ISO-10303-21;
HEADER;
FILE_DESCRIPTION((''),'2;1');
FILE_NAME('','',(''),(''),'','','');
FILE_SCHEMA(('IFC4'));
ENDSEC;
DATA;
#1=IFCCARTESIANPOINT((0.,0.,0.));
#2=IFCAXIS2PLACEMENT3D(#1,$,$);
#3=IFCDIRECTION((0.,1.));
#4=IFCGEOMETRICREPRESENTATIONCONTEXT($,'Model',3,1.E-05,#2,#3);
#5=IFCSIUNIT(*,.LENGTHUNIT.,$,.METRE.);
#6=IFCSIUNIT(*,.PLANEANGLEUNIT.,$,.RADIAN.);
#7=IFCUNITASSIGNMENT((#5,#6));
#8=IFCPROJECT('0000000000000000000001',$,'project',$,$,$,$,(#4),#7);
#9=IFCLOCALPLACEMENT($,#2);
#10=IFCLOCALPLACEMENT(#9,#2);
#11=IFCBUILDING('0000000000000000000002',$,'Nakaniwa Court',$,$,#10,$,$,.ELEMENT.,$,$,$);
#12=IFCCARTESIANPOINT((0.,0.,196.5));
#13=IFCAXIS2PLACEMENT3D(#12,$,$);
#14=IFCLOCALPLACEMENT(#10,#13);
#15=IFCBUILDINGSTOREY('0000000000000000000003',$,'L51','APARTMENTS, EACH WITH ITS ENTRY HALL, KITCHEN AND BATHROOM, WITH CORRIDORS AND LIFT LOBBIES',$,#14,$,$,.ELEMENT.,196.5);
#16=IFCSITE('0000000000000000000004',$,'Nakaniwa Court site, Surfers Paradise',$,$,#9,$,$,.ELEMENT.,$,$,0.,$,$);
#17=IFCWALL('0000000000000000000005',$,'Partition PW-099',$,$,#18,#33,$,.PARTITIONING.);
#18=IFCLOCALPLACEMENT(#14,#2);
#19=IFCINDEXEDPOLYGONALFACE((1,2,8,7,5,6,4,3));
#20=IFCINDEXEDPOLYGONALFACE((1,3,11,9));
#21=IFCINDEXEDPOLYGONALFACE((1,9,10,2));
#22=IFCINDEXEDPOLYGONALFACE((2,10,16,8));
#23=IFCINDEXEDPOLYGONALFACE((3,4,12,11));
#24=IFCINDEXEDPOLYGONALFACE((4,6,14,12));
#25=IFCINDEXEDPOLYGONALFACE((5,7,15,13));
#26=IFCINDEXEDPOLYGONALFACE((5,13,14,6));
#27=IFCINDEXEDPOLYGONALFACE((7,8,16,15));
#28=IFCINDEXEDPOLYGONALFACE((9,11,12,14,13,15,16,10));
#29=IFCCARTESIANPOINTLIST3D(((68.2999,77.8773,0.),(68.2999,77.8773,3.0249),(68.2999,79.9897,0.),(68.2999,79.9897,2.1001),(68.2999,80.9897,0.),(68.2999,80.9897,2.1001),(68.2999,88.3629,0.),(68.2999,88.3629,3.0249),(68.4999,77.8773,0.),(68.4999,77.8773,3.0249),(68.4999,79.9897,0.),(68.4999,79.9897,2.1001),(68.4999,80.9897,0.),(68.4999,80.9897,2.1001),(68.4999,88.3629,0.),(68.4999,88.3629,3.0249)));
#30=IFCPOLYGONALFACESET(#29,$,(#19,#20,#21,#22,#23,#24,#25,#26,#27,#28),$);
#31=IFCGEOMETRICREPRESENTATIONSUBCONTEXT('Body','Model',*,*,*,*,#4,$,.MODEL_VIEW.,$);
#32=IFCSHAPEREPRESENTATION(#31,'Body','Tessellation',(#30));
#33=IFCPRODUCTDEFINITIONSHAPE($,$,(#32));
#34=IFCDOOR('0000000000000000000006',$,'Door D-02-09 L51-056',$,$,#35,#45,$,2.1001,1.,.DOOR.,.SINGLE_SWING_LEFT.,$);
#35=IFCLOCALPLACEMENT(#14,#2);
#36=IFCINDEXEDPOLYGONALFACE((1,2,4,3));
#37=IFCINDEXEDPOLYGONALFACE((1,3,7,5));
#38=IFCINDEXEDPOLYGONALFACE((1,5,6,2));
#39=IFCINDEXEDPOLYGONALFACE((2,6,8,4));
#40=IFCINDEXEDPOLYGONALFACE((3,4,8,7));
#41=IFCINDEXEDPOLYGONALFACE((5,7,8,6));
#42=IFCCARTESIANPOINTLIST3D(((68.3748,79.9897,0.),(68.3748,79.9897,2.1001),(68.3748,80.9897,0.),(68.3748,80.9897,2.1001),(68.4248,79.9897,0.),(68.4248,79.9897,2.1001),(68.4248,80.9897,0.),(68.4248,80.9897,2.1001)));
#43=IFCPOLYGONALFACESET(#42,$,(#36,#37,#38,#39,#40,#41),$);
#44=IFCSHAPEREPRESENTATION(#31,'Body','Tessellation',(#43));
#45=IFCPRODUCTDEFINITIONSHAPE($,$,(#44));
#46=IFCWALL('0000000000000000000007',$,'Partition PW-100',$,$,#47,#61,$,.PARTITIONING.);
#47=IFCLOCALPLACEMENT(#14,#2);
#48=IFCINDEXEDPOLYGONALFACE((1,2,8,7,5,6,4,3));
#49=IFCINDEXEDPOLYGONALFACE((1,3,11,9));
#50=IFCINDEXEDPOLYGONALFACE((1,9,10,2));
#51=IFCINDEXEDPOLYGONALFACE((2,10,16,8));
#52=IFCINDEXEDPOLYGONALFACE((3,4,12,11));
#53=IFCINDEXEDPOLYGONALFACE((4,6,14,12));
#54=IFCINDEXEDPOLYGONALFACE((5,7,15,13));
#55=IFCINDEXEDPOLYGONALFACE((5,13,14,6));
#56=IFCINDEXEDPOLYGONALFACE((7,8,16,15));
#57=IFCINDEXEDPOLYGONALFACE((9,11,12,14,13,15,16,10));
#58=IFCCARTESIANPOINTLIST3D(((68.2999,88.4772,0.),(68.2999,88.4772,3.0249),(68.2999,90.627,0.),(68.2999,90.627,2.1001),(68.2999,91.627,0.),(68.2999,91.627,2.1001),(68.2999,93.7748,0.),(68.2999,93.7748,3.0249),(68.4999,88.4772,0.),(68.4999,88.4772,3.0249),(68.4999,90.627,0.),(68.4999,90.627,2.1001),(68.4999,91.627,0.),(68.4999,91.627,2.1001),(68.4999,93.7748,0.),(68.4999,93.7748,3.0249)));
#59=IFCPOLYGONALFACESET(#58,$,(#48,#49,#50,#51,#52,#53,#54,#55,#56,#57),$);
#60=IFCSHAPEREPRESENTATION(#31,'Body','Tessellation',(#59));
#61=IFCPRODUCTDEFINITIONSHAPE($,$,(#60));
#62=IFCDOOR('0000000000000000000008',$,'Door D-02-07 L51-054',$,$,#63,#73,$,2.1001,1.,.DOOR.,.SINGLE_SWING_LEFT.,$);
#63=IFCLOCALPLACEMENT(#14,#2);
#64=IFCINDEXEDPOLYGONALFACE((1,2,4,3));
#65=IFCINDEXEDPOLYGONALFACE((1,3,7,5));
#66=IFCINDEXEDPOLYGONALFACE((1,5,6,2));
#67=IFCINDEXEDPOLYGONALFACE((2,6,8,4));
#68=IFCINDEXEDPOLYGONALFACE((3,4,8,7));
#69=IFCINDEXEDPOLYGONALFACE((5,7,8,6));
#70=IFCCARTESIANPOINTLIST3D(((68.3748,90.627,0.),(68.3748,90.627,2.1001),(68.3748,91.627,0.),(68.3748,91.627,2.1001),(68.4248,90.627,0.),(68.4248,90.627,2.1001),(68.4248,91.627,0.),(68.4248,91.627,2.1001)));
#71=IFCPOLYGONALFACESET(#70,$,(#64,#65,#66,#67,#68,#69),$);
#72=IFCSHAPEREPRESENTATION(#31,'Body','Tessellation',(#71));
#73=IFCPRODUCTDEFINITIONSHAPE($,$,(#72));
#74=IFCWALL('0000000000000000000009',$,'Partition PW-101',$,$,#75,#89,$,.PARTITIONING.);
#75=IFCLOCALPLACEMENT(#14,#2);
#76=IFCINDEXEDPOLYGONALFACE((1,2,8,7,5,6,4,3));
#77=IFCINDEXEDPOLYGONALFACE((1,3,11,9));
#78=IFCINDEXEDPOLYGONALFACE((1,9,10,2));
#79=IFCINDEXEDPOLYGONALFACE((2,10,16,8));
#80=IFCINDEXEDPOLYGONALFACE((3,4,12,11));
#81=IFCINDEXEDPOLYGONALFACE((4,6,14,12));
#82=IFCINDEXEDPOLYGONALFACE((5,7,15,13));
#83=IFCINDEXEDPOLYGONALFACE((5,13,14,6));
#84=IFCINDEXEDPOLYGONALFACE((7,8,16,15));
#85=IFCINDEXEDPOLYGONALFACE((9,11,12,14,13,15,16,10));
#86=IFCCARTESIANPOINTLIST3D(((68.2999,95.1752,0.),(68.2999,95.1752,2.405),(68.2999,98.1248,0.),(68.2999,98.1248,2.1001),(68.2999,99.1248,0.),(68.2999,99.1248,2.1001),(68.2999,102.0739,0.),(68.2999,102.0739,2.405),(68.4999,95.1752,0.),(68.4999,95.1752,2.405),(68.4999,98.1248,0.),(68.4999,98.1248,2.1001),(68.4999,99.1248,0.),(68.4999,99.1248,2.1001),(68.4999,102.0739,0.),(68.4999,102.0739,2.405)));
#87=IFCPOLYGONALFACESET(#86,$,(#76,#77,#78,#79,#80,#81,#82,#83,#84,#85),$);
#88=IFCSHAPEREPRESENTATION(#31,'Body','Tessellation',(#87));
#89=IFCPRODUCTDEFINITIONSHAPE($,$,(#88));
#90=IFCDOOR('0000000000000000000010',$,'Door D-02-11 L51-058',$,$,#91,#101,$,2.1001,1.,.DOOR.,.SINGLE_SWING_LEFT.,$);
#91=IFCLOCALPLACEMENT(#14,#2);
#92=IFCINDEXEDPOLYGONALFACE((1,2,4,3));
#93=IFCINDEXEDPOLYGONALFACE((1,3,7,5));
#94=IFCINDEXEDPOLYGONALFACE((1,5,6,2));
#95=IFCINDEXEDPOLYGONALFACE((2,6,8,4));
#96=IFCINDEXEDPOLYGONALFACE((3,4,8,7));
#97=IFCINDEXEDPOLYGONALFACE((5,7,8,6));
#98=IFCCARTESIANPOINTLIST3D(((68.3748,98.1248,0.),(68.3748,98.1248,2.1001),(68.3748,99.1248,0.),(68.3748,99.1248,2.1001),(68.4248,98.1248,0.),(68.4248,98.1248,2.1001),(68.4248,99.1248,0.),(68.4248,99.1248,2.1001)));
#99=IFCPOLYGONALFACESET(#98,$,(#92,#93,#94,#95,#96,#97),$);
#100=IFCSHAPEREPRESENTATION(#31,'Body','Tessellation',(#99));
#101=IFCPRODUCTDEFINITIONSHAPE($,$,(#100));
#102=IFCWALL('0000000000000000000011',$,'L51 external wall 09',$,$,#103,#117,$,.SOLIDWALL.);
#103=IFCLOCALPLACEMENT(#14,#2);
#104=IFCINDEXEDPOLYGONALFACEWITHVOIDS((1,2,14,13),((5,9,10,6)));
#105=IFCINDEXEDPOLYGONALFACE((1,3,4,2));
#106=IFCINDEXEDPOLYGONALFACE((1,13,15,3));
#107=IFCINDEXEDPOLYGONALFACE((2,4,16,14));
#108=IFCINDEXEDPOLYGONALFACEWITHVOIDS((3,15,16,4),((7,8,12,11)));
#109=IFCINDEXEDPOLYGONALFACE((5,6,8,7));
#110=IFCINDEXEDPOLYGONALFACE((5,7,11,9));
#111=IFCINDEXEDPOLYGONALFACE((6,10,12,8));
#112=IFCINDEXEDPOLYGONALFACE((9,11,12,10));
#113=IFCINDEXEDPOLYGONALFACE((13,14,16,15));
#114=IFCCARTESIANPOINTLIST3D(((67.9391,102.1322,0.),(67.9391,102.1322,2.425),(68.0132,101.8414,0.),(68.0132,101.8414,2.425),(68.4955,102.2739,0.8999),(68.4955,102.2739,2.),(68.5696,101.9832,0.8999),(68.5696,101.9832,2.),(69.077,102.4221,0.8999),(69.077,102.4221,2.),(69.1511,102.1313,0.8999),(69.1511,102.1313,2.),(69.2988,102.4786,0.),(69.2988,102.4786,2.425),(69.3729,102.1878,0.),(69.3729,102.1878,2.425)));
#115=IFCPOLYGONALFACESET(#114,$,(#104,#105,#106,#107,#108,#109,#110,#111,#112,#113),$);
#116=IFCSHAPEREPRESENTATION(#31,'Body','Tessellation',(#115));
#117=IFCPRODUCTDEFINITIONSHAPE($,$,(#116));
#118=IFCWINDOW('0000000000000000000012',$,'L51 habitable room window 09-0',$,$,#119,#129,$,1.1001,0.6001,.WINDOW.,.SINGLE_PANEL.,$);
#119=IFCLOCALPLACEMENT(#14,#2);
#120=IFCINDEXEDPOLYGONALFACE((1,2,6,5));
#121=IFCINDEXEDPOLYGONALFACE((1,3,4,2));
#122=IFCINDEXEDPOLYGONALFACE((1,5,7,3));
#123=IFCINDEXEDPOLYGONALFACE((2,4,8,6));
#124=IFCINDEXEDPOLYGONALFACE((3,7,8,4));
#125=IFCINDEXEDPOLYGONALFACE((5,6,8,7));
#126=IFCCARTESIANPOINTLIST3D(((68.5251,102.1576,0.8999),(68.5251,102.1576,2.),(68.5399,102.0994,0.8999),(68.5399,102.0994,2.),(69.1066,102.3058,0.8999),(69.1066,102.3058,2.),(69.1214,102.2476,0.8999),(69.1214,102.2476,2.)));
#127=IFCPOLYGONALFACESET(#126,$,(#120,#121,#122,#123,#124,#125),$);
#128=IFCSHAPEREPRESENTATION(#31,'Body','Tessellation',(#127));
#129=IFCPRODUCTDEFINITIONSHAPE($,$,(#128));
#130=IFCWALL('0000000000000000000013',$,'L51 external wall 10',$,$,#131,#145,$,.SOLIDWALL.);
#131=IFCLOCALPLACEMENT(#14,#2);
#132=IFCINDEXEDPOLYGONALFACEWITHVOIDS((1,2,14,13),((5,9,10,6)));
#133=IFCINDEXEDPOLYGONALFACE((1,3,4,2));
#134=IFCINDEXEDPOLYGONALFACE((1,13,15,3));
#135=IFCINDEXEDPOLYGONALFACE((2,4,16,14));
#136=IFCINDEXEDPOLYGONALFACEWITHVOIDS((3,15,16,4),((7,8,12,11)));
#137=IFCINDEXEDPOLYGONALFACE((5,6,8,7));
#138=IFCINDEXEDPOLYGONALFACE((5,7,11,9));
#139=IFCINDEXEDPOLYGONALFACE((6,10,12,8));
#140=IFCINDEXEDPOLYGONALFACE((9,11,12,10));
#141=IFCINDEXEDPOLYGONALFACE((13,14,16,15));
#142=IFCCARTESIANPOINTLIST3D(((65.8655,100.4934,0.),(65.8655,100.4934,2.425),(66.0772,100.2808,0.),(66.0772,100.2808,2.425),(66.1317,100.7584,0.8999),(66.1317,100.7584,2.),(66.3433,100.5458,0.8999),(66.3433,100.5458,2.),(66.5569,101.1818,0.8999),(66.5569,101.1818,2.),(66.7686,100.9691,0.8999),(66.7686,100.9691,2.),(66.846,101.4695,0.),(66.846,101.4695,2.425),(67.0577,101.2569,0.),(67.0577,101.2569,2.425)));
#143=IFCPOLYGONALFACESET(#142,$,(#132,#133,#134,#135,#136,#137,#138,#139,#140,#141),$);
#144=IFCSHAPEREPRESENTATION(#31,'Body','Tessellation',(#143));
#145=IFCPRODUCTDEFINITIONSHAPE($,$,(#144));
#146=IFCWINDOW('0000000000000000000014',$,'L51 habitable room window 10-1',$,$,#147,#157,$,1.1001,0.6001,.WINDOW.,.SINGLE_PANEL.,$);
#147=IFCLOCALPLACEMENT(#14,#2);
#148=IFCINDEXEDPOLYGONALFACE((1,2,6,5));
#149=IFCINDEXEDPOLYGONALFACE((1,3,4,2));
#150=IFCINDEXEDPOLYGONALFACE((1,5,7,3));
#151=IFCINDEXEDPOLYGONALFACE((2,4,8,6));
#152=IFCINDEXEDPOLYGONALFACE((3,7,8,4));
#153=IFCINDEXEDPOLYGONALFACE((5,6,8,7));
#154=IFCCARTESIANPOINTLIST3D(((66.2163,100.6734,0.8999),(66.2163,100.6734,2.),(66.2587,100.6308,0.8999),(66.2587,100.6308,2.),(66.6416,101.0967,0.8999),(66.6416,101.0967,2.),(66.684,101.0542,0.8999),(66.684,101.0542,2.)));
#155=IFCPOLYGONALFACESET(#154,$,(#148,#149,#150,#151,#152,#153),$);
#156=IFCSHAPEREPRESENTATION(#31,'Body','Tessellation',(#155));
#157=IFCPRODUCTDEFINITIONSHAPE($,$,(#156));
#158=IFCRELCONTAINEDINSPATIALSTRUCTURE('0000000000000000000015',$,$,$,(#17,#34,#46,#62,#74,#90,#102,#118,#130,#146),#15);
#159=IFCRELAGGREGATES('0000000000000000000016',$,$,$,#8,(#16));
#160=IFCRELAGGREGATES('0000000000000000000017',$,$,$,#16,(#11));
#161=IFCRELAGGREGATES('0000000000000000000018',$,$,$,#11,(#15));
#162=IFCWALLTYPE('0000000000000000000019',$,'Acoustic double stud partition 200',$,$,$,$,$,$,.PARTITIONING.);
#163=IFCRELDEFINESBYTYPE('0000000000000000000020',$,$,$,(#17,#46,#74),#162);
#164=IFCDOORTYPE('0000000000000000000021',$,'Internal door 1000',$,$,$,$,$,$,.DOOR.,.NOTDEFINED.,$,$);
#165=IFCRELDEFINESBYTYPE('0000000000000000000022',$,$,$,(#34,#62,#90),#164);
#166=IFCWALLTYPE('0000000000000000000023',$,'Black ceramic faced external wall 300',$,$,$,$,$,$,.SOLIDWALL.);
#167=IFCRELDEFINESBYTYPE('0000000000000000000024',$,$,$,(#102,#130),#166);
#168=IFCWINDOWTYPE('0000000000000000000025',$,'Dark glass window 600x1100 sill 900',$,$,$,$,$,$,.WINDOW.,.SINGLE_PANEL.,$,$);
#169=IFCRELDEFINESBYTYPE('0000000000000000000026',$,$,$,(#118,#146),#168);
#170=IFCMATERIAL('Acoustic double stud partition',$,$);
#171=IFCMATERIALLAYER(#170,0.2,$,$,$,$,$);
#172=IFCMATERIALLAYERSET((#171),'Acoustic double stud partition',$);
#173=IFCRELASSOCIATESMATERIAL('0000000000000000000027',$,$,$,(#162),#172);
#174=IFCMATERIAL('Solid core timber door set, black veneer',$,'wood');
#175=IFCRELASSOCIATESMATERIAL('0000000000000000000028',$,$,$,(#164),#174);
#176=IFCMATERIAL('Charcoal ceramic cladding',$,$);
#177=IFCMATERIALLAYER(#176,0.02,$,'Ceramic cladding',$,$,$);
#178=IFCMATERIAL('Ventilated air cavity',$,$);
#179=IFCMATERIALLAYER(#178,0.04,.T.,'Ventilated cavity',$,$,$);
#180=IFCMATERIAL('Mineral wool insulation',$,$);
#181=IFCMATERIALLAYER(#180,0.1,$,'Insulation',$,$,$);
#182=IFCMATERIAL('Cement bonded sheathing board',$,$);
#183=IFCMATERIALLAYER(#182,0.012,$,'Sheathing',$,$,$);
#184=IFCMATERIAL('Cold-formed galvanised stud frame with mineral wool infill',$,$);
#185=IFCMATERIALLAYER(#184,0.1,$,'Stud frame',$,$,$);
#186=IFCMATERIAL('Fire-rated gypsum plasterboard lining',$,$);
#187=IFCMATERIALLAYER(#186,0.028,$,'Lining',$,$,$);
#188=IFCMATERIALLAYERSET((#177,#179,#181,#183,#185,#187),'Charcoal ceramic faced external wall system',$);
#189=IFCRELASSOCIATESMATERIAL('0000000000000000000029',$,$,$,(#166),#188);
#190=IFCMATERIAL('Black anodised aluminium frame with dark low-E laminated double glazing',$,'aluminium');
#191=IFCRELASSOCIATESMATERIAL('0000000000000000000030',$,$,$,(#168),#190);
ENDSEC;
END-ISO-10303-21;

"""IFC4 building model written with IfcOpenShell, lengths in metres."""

from ifc_helpers import new_model, si_unit, direction, frame, frame_2d, origin, place, context, subcontext, project, spatial, rectangle, extrude, material, layer, layer_set, type_object, element, fill, save


model = new_model("IFC4")

# Units and contexts
model_context = context("Model", 3, precision=1e-05, world=origin(), true_north=direction((0.0, 1.0)))
body_context = subcontext(model_context, "Body", "Model", "MODEL_VIEW")
ifc_project = project(units=[si_unit("LENGTHUNIT", "METRE"), si_unit("PLANEANGLEUNIT", "RADIAN")], contexts=[model_context])

# Site, building, storey
site_placement = place(None, origin())
site = spatial("IfcSite", under=ifc_project, at=site_placement, Name="Nakaniwa Court site, Surfers Paradise", CompositionType="ELEMENT", RefElevation=0.0)
building_placement = place(site_placement, origin())
building = spatial("IfcBuilding", under=site, at=building_placement, Name="Nakaniwa Court", CompositionType="ELEMENT")
storey_placement = place(building_placement, frame((0.0, 0.0, 196.5)))
storey = spatial("IfcBuildingStorey", under=building, at=storey_placement, Name="L51", Description="APARTMENTS, EACH WITH ITS ENTRY HALL, KITCHEN AND BATHROOM, WITH CORRIDORS AND LIFT LOBBIES", CompositionType="ELEMENT", Elevation=196.5)

# Shared definitions
ifc_material_1 = material(Name="Acoustic double stud partition")
ifc_layer_1 = layer(ifc_material_1, 0.2)
ifc_layer_set_1 = layer_set([ifc_layer_1], Name="Acoustic double stud partition")
wall_type_1 = type_object("IfcWallType", Name="Acoustic double stud partition 200", PredefinedType="PARTITIONING", material=ifc_layer_set_1)

# Walls, openings, doors
wall_1_placement = place(storey_placement, frame((68.3999, 88.3628, 0.0), z_axis=(0.0, 0.0, 1.0), x_axis=(0.0, -1.0, 0.0)))
wall_1 = element("IfcWall", 1, at=wall_1_placement, inside=storey, type_object=wall_type_1, Name="Partition PW-099", PredefinedType="PARTITIONING", context=body_context, shape_type="SweptSolid", body=[
    extrude(rectangle(XDim=10.4856, YDim=0.2, at=frame_2d((5.2427, 0.0))), origin(), (0.0, 0.0, 1.0), 3.0249),
])
opening_1_placement = place(wall_1_placement, frame((7.373, 0.0, 0.0)))
opening_1 = element("IfcOpeningElement", 2, at=opening_1_placement, cuts=wall_1, PredefinedType="OPENING", context=body_context, shape_type="SweptSolid", body=[
    extrude(rectangle(XDim=1.0, YDim=2.1001, at=frame_2d((0.5, 1.05))), frame((0.0, 0.1099, 0.0), z_axis=(0.0, -1.0, 0.0), x_axis=(1.0, 0.0, 0.0)), (0.0, 0.0, 1.0), 0.22),
])
ifc_material_2 = material(Name="Solid core timber door set, black veneer", Category="wood")
door_type = type_object("IfcDoorType", Name="Internal door 1000", OperationType="NOTDEFINED", PredefinedType="DOOR", material=ifc_material_2)
door_1_placement = place(opening_1_placement, origin())
door_1 = element("IfcDoor", 3, at=door_1_placement, inside=storey, type_object=door_type, Name="Door D-02-09 L51-056", OperationType="SINGLE_SWING_LEFT", OverallHeight=2.1001, OverallWidth=1.0, PredefinedType="DOOR", context=body_context, shape_type="SweptSolid", body=[
    extrude(rectangle(XDim=1.0, YDim=2.1001, at=frame_2d((0.5, 1.05))), frame((0.0, 0.0249, 0.0), z_axis=(0.0, -1.0, 0.0), x_axis=(1.0, 0.0, 0.0)), (0.0, 0.0, 1.0), 0.05),
])
fill(opening_1, door_1)
wall_2_placement = place(storey_placement, frame((68.3999, 93.7749, 0.0), z_axis=(0.0, 0.0, 1.0), x_axis=(0.0, -1.0, 0.0)))
wall_2 = element("IfcWall", 4, at=wall_2_placement, inside=storey, type_object=wall_type_1, Name="Partition PW-100", PredefinedType="PARTITIONING", context=body_context, shape_type="SweptSolid", body=[
    extrude(rectangle(XDim=5.2976, YDim=0.2, at=frame_2d((2.6489, 0.0))), origin(), (0.0, 0.0, 1.0), 3.0249),
])
opening_2_placement = place(wall_2_placement, frame((2.1479, 0.0, 0.0)))
opening_2 = element("IfcOpeningElement", 5, at=opening_2_placement, cuts=wall_2, PredefinedType="OPENING", context=body_context, shape_type="SweptSolid", body=[
    extrude(rectangle(XDim=1.0, YDim=2.1001, at=frame_2d((0.5, 1.05))), frame((0.0, 0.1099, 0.0), z_axis=(0.0, -1.0, 0.0), x_axis=(1.0, 0.0, 0.0)), (0.0, 0.0, 1.0), 0.22),
])
door_2_placement = place(opening_2_placement, origin())
door_2 = element("IfcDoor", 6, at=door_2_placement, inside=storey, type_object=door_type, Name="Door D-02-07 L51-054", OperationType="SINGLE_SWING_LEFT", OverallHeight=2.1001, OverallWidth=1.0, PredefinedType="DOOR", context=body_context, shape_type="SweptSolid", body=[
    extrude(rectangle(XDim=1.0, YDim=2.1001, at=frame_2d((0.5, 1.05))), frame((0.0, 0.0249, 0.0), z_axis=(0.0, -1.0, 0.0), x_axis=(1.0, 0.0, 0.0)), (0.0, 0.0, 1.0), 0.05),
])
fill(opening_2, door_2)
wall_3_placement = place(storey_placement, frame((68.3999, 102.0737, 0.0), z_axis=(0.0, 0.0, 1.0), x_axis=(0.0, -1.0, 0.0)))
wall_3 = element("IfcWall", 7, at=wall_3_placement, inside=storey, type_object=wall_type_1, Name="Partition PW-101", PredefinedType="PARTITIONING", context=body_context, shape_type="SweptSolid", body=[
    extrude(rectangle(XDim=6.8987, YDim=0.2, at=frame_2d((3.4492, 0.0))), origin(), (0.0, 0.0, 1.0), 2.405),
])
opening_3_placement = place(wall_3_placement, frame((2.949, 0.0, 0.0)))
opening_3 = element("IfcOpeningElement", 8, at=opening_3_placement, cuts=wall_3, PredefinedType="OPENING", context=body_context, shape_type="SweptSolid", body=[
    extrude(rectangle(XDim=1.0, YDim=2.1001, at=frame_2d((0.5, 1.05))), frame((0.0, 0.1099, 0.0), z_axis=(0.0, -1.0, 0.0), x_axis=(1.0, 0.0, 0.0)), (0.0, 0.0, 1.0), 0.22),
])
door_3_placement = place(opening_3_placement, origin())
door_3 = element("IfcDoor", 9, at=door_3_placement, inside=storey, type_object=door_type, Name="Door D-02-11 L51-058", OperationType="SINGLE_SWING_LEFT", OverallHeight=2.1001, OverallWidth=1.0, PredefinedType="DOOR", context=body_context, shape_type="SweptSolid", body=[
    extrude(rectangle(XDim=1.0, YDim=2.1001, at=frame_2d((0.5, 1.05))), frame((0.0, 0.0249, 0.0), z_axis=(0.0, -1.0, 0.0), x_axis=(1.0, 0.0, 0.0)), (0.0, 0.0, 1.0), 0.05),
])
fill(opening_3, door_3)

# Walls, openings, windows
ifc_material_3 = material(Name="Charcoal ceramic cladding")
ifc_layer_2 = layer(ifc_material_3, 0.02, Name="Ceramic cladding")
ifc_material_4 = material(Name="Ventilated air cavity")
ifc_layer_3 = layer(ifc_material_4, 0.04, ventilated=True, Name="Ventilated cavity")
ifc_material_5 = material(Name="Mineral wool insulation")
ifc_layer_4 = layer(ifc_material_5, 0.1, Name="Insulation")
ifc_material_6 = material(Name="Cement bonded sheathing board")
ifc_layer_5 = layer(ifc_material_6, 0.012, Name="Sheathing")
ifc_material_7 = material(Name="Cold-formed galvanised stud frame with mineral wool infill")
ifc_layer_6 = layer(ifc_material_7, 0.1, Name="Stud frame")
ifc_material_8 = material(Name="Fire-rated gypsum plasterboard lining")
ifc_layer_7 = layer(ifc_material_8, 0.028, Name="Lining")
ifc_layer_set_2 = layer_set([ifc_layer_2, ifc_layer_3, ifc_layer_4, ifc_layer_5, ifc_layer_6, ifc_layer_7], Name="Charcoal ceramic faced external wall system")
wall_type_2 = type_object("IfcWallType", Name="Black ceramic faced external wall 300", PredefinedType="SOLIDWALL", material=ifc_layer_set_2)
wall_4_placement = place(storey_placement, frame((69.3359, 102.3333, 0.0), z_axis=(0.0, 0.0, 1.0), x_axis=(-0.969037, -0.246914, 0.0)))
wall_4 = element("IfcWall", 10, at=wall_4_placement, inside=storey, type_object=wall_type_2, Name="L51 external wall 09", PredefinedType="SOLIDWALL", context=body_context, shape_type="SweptSolid", body=[
    extrude(rectangle(XDim=1.4031, YDim=0.3, at=frame_2d((0.7017, 0.0))), origin(), (0.0, 0.0, 1.0), 2.425),
])
opening_4_placement = place(wall_4_placement, frame((0.229, 0.0, 0.8999)))
opening_4 = element("IfcOpeningElement", 11, at=opening_4_placement, cuts=wall_4, PredefinedType="OPENING", context=body_context, shape_type="SweptSolid", body=[
    extrude(rectangle(XDim=0.6001, YDim=1.1001, at=frame_2d((0.3, 0.55))), frame((0.0, 0.1599, 0.0), z_axis=(0.0, -1.0, 0.0), x_axis=(1.0, 0.0, 0.0)), (0.0, 0.0, 1.0), 0.3201),
])
ifc_material_9 = material(Name="Black anodised aluminium frame with dark low-E laminated double glazing", Category="aluminium")
window_type_1 = type_object("IfcWindowType", Name="Dark glass window 600x1100 sill 900", PartitioningType="SINGLE_PANEL", PredefinedType="WINDOW", material=ifc_material_9)
window_1_placement = place(opening_4_placement, origin())
window_1 = element("IfcWindow", 12, at=window_1_placement, inside=storey, type_object=window_type_1, Name="L51 habitable room window 09-0", OverallHeight=1.1001, OverallWidth=0.6001, PartitioningType="SINGLE_PANEL", PredefinedType="WINDOW", context=body_context, shape_type="SweptSolid", body=[
    extrude(rectangle(XDim=0.6001, YDim=1.1001, at=frame_2d((0.3, 0.55))), frame((0.0, 0.03, 0.0), z_axis=(0.0, -1.0, 0.0), x_axis=(1.0, 0.0, 0.0)), (0.0, 0.0, 1.0), 0.0601),
])
fill(opening_4, window_1)
wall_5_placement = place(storey_placement, frame((66.9519, 101.3633, 0.0), z_axis=(0.0, 0.0, 1.0), x_axis=(-0.708693, -0.705517, 0.0)))
wall_5 = element("IfcWall", 13, at=wall_5_placement, inside=storey, type_object=wall_type_2, Name="L51 external wall 10", PredefinedType="SOLIDWALL", context=body_context, shape_type="SweptSolid", body=[
    extrude(rectangle(XDim=1.3835, YDim=0.3, at=frame_2d((0.6919, 0.0))), origin(), (0.0, 0.0, 1.0), 2.425),
])
opening_5_placement = place(wall_5_placement, frame((0.408, 0.0, 0.8999)))
opening_5 = element("IfcOpeningElement", 14, at=opening_5_placement, cuts=wall_5, PredefinedType="OPENING", context=body_context, shape_type="SweptSolid", body=[
    extrude(rectangle(XDim=0.6001, YDim=1.1001, at=frame_2d((0.3, 0.55))), frame((0.0, 0.1599, 0.0), z_axis=(0.0, -1.0, 0.0), x_axis=(1.0, 0.0, 0.0)), (0.0, 0.0, 1.0), 0.3201),
])
window_2_placement = place(opening_5_placement, origin())
window_2 = element("IfcWindow", 15, at=window_2_placement, inside=storey, type_object=window_type_1, Name="L51 habitable room window 10-1", OverallHeight=1.1001, OverallWidth=0.6001, PartitioningType="SINGLE_PANEL", PredefinedType="WINDOW", context=body_context, shape_type="SweptSolid", body=[
    extrude(rectangle(XDim=0.6001, YDim=1.1001, at=frame_2d((0.3, 0.55))), frame((0.0, 0.03, 0.0), z_axis=(0.0, -1.0, 0.0), x_axis=(1.0, 0.0, 0.0)), (0.0, 0.0, 1.0), 0.0601),
])
fill(opening_5, window_2)

save(model, "model.ifc")
